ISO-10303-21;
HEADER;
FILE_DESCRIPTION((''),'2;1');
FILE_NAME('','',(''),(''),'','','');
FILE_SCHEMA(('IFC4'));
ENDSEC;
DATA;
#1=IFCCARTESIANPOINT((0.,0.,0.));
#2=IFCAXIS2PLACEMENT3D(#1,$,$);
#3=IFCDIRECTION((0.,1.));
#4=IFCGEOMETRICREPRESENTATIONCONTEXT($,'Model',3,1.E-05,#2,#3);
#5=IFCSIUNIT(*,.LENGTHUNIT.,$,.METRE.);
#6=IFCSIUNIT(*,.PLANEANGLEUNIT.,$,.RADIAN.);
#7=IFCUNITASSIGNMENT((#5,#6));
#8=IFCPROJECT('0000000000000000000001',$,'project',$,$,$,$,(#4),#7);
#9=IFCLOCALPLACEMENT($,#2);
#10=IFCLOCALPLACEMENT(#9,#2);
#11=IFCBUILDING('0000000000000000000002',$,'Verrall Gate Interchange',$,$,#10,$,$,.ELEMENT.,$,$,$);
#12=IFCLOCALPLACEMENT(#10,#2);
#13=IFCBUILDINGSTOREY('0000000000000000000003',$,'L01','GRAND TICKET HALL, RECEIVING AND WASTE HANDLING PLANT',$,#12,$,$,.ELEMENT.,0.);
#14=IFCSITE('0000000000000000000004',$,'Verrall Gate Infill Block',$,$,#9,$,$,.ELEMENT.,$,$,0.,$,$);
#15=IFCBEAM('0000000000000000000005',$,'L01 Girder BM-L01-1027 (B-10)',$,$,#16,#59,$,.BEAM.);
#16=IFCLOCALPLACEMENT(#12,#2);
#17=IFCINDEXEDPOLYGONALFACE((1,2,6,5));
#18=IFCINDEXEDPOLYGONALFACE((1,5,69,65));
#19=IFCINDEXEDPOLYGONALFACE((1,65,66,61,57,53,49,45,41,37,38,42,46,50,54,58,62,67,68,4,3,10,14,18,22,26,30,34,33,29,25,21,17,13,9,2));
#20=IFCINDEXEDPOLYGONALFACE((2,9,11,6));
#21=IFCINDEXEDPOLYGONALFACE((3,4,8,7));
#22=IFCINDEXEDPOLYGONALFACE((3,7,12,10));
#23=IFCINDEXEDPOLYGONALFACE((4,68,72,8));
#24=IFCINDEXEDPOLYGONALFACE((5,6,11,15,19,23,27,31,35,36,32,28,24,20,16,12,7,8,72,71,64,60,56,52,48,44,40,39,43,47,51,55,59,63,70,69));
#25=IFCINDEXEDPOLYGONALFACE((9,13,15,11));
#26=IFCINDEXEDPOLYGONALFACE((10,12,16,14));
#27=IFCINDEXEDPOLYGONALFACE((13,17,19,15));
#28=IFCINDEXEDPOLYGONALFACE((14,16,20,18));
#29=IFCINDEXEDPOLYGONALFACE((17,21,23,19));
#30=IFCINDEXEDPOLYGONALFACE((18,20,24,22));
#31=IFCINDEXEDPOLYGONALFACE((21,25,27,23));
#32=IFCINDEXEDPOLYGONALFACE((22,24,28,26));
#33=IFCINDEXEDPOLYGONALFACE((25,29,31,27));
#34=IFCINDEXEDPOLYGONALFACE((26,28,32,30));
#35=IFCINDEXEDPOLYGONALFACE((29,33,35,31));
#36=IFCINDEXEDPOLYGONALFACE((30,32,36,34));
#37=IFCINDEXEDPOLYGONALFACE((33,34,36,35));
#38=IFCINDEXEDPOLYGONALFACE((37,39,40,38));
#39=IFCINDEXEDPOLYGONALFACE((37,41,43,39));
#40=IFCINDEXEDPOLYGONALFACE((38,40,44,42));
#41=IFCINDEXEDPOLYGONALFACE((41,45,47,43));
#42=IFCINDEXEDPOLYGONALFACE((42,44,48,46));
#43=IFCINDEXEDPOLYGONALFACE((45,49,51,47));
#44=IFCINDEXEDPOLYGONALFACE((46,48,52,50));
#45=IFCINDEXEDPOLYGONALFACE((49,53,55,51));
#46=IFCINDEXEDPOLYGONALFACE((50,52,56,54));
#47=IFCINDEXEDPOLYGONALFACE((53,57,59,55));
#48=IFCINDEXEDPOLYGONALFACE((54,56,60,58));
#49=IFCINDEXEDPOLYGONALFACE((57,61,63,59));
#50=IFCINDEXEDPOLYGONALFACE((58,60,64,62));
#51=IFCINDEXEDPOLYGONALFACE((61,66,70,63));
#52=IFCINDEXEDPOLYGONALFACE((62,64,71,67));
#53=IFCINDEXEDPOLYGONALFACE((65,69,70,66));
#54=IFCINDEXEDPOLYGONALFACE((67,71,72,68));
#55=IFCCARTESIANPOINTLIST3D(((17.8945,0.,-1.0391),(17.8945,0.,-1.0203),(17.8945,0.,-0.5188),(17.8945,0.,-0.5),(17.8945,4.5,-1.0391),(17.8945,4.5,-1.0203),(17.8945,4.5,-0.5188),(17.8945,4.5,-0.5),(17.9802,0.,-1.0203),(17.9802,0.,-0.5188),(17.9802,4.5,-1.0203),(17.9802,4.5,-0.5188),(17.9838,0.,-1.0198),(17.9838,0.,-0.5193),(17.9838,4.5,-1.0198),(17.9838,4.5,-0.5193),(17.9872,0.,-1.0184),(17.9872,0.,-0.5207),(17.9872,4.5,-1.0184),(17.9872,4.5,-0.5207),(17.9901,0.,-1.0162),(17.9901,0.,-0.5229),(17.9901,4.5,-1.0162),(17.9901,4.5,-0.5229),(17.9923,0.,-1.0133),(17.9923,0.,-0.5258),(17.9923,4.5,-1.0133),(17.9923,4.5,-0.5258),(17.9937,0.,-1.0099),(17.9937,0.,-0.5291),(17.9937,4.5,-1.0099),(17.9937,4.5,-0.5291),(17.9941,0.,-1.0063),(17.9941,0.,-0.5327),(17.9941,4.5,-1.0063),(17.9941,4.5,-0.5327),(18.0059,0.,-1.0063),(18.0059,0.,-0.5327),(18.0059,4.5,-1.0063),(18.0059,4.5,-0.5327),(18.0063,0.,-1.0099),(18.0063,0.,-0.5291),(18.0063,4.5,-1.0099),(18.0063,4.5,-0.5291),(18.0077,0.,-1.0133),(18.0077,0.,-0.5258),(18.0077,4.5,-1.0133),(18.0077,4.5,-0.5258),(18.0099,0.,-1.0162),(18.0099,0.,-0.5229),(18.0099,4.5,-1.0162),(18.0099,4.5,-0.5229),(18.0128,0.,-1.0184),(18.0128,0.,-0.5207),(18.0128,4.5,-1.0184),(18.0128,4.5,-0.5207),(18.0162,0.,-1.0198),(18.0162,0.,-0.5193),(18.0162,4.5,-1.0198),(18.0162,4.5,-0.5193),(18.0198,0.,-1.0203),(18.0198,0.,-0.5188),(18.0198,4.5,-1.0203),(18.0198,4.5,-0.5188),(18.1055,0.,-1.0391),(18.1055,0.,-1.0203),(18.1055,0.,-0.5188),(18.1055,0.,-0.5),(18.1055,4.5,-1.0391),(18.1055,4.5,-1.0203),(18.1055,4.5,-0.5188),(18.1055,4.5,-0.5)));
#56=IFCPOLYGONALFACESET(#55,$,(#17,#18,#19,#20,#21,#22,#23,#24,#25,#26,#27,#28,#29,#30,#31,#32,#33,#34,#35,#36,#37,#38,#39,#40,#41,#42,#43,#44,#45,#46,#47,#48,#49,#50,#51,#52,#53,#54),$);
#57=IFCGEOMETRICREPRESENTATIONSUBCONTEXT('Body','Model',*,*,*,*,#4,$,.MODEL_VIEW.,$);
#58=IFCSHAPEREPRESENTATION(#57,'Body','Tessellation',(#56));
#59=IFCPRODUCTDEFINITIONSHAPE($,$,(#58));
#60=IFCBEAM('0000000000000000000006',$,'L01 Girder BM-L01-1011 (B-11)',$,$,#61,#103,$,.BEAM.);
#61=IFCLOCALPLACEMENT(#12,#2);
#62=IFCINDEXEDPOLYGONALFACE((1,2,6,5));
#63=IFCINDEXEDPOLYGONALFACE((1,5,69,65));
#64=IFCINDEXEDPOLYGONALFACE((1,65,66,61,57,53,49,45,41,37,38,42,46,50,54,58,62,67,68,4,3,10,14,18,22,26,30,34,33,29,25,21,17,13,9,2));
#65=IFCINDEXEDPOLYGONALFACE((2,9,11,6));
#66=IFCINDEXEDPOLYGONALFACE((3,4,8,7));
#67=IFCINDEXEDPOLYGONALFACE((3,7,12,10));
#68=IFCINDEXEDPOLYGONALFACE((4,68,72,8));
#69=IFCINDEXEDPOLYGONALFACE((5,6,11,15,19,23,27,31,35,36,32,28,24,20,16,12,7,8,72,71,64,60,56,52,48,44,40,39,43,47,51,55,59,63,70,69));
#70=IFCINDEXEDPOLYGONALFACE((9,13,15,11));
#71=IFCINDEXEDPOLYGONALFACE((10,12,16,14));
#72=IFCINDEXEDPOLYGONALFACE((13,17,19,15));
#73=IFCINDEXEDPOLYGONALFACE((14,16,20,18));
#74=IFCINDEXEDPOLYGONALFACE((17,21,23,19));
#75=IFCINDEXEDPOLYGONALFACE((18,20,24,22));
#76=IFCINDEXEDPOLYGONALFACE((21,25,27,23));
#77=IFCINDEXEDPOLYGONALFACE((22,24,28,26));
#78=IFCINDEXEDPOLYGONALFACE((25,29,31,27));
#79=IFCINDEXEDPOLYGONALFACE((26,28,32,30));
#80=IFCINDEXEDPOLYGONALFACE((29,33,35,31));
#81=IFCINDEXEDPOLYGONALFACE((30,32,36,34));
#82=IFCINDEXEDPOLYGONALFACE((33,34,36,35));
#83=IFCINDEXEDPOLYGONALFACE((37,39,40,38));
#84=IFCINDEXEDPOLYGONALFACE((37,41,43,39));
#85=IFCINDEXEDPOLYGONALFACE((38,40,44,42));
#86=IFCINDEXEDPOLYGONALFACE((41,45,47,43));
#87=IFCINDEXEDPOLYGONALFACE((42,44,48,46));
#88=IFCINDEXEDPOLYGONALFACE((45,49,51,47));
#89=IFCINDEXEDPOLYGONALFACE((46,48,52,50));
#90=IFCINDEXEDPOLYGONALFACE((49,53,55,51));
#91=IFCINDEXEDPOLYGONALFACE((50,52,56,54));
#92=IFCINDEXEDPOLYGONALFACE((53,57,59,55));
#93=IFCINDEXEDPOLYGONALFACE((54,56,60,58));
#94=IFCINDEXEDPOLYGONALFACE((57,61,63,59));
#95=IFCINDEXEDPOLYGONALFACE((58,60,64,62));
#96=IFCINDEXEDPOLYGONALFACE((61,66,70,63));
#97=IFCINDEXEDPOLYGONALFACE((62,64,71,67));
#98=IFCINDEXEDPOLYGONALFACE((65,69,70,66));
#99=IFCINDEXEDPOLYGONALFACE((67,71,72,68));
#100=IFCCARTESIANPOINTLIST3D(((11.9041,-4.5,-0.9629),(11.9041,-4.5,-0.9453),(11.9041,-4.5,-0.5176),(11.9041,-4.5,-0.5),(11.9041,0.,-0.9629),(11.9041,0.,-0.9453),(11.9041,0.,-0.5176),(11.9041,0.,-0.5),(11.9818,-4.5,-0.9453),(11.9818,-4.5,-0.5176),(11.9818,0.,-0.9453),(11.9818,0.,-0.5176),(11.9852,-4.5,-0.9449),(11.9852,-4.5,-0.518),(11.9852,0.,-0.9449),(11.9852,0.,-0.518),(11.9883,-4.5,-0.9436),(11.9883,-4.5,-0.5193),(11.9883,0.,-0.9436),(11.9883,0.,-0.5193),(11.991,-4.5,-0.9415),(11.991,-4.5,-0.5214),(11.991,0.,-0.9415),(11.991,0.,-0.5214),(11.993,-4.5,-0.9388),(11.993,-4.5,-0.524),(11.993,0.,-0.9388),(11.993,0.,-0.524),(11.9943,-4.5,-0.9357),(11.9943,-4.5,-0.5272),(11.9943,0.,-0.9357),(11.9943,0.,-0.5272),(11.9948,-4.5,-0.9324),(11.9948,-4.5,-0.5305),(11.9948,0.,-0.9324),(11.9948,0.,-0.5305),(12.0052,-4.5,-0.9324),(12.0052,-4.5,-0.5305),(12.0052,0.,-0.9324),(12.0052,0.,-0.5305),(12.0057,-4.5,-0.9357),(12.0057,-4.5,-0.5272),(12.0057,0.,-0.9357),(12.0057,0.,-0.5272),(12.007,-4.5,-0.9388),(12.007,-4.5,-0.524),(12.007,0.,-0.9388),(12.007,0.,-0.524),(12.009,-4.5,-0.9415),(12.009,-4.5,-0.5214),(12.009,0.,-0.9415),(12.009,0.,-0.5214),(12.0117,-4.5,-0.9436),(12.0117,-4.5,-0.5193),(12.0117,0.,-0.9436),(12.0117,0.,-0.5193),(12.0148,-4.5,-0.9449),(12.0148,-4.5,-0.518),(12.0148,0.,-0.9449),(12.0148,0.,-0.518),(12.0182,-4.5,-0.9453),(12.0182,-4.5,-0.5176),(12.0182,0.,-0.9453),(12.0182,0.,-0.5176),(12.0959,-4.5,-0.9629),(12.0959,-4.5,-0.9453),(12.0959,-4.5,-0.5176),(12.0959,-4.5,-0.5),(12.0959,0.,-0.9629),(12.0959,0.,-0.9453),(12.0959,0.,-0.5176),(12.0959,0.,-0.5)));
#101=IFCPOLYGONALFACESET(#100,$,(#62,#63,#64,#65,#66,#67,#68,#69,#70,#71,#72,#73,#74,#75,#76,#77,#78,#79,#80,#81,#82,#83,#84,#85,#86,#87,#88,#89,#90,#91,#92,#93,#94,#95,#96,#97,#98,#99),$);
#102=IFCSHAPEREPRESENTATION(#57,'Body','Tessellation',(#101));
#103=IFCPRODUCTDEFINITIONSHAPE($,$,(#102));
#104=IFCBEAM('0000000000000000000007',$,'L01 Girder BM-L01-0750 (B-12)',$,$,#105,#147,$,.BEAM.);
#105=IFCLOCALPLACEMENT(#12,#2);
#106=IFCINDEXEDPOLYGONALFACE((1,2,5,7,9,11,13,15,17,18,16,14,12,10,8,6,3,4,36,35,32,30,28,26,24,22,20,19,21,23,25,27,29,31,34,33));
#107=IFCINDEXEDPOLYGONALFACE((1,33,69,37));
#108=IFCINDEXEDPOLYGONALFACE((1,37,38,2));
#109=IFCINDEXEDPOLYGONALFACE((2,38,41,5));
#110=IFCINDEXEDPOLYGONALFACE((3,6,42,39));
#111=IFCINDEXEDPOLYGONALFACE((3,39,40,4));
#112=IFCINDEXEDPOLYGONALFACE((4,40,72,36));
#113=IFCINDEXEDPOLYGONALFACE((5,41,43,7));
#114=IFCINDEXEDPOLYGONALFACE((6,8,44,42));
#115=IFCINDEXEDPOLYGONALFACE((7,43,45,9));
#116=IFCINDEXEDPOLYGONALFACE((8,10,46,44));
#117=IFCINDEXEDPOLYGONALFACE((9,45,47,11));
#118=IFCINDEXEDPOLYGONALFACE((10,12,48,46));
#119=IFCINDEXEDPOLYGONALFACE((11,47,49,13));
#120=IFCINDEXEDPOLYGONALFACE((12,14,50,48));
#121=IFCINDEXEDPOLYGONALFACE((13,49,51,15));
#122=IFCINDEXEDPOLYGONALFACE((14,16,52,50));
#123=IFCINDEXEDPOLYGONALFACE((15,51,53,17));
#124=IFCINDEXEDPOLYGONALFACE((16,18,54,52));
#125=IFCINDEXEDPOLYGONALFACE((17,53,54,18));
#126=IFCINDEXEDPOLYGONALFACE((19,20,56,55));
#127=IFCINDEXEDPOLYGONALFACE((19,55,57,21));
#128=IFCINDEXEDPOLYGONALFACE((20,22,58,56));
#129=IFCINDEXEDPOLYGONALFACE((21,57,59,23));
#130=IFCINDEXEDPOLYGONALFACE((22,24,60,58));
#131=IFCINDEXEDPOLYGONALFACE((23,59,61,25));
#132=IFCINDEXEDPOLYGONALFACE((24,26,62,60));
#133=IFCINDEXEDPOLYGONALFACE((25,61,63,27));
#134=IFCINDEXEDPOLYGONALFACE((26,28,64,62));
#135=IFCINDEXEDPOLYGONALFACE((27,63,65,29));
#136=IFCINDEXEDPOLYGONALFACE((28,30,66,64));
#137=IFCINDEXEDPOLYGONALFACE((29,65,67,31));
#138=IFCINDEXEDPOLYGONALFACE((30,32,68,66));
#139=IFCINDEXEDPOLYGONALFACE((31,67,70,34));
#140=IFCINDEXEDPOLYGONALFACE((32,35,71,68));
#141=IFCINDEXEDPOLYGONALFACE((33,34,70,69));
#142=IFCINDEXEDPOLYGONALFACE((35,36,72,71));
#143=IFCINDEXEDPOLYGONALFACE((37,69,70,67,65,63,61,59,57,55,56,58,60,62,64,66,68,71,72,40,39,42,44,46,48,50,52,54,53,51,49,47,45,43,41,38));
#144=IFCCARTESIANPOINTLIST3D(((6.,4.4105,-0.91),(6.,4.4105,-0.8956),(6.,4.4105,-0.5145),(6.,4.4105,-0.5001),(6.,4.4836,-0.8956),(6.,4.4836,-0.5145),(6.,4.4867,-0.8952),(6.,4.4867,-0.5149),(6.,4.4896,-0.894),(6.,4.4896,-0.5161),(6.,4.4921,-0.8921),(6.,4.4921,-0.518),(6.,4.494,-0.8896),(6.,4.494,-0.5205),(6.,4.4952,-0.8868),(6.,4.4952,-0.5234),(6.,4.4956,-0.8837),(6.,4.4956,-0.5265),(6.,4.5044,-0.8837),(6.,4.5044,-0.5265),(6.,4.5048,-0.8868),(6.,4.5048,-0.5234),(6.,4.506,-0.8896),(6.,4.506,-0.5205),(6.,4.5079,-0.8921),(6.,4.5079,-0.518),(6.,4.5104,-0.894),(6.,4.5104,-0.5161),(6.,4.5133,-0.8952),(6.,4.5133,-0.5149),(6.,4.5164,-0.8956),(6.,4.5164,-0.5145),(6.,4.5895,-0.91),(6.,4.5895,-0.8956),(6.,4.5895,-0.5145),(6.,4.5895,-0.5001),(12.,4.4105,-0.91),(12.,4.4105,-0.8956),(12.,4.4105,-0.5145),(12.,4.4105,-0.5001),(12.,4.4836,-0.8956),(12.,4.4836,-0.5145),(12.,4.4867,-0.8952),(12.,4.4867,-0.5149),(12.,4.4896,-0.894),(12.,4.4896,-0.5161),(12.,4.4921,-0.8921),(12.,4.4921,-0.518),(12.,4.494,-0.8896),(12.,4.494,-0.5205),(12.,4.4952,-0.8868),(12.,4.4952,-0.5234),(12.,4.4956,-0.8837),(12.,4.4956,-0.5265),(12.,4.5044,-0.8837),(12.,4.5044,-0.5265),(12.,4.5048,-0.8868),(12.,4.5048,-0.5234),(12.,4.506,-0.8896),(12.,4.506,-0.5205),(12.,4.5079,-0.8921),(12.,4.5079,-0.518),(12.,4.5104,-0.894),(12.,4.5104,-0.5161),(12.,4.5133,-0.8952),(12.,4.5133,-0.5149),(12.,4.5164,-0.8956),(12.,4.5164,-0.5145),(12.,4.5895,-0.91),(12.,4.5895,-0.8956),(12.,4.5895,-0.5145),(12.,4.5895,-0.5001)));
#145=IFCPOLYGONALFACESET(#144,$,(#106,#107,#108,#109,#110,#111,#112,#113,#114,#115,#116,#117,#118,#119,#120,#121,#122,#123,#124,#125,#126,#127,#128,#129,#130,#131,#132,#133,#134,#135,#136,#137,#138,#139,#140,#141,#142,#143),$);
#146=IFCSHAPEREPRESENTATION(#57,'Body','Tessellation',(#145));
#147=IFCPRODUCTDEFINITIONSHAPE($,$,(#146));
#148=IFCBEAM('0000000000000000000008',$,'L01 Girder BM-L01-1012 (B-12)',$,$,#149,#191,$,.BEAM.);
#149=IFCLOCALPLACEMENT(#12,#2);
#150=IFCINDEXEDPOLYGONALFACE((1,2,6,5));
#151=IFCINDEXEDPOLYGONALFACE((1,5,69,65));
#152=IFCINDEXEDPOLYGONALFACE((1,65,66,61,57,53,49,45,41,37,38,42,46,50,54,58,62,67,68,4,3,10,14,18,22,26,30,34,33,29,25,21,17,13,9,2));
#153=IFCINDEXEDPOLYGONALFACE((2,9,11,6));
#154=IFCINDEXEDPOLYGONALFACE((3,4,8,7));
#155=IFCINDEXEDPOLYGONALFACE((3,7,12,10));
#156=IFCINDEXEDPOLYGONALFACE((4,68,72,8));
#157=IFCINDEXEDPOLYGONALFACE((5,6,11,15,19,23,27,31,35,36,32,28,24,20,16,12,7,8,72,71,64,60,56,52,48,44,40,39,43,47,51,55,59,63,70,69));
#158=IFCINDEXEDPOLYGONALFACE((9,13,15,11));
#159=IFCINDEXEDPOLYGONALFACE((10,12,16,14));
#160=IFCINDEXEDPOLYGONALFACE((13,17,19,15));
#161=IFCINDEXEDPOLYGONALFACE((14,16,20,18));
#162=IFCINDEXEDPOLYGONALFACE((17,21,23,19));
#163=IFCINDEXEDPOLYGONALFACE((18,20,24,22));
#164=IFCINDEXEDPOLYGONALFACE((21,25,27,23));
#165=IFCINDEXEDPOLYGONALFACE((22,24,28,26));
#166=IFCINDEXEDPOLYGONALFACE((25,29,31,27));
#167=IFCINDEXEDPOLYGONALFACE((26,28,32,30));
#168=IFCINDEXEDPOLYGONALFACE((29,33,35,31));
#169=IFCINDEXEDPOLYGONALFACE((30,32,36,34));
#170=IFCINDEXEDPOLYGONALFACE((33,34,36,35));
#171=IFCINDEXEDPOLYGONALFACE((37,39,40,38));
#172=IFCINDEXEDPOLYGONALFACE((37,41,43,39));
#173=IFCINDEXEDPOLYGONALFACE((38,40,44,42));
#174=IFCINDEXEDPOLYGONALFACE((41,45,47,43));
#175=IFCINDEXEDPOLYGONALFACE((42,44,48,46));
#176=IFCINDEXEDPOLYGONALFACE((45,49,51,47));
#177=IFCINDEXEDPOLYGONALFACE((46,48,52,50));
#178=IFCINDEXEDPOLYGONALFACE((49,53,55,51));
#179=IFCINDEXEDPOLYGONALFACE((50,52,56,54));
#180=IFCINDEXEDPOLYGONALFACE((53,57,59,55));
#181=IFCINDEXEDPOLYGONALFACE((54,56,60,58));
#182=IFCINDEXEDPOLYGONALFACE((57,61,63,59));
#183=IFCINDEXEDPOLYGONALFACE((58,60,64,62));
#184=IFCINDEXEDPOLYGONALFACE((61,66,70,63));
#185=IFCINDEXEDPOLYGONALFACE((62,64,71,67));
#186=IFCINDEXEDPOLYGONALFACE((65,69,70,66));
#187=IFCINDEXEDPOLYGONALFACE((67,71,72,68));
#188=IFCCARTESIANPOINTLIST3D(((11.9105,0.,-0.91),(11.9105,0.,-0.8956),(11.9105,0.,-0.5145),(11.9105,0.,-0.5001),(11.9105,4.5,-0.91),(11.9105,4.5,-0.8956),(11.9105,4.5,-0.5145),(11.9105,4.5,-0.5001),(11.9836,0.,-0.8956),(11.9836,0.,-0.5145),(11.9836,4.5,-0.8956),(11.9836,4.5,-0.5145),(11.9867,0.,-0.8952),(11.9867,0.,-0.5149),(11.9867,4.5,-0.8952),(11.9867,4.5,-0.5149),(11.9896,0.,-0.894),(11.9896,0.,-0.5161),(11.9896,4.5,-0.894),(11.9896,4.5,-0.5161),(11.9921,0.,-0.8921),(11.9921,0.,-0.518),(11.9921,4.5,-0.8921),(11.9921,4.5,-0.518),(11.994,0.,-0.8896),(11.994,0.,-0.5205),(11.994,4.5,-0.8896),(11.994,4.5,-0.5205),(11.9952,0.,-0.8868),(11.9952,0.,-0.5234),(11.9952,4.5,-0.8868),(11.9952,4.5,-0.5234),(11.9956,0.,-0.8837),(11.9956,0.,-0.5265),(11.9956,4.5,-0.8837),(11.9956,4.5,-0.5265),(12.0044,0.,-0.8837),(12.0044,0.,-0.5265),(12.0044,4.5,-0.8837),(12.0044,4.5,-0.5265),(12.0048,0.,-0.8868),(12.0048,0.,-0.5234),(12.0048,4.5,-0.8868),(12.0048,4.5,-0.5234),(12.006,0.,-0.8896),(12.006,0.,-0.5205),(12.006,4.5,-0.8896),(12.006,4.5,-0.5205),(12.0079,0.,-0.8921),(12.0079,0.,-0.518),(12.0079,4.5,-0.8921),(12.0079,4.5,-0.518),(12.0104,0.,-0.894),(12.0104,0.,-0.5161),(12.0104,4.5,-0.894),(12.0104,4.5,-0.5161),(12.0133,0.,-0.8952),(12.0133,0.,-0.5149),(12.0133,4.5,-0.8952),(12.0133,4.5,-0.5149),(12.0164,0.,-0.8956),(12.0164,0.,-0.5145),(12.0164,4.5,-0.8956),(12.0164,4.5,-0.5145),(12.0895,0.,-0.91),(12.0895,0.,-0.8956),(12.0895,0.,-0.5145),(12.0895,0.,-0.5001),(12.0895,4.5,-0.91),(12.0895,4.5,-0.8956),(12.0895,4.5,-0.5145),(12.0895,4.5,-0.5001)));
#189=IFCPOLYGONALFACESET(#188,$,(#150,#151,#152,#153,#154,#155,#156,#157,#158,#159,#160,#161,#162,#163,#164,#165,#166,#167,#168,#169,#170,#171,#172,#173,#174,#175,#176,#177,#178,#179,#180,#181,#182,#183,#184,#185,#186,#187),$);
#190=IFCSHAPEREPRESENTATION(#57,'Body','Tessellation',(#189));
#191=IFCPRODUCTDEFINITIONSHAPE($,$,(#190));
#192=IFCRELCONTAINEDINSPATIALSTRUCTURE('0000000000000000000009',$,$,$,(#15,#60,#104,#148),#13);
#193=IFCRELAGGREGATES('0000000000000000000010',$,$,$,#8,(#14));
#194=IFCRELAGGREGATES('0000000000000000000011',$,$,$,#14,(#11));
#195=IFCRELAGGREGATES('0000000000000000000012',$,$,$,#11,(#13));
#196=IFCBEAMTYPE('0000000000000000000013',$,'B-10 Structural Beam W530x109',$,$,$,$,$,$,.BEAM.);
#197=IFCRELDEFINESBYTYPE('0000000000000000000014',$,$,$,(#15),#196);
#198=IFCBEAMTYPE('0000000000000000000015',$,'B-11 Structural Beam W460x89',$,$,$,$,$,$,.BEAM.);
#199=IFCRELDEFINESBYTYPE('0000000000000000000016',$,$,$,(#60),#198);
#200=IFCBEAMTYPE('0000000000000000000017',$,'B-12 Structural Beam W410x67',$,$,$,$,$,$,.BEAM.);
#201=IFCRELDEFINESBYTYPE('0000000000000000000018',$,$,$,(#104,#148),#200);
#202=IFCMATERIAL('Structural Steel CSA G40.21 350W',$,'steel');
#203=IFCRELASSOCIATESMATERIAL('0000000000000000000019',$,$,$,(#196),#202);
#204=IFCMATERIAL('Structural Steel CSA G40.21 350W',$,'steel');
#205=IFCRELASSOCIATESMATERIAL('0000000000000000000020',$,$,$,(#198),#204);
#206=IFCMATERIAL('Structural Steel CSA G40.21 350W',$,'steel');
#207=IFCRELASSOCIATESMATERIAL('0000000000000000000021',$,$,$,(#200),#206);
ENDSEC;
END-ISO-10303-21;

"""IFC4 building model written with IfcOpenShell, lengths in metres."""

from ifc_helpers import new_model, si_unit, direction, frame, origin, origin_2d, place, context, subcontext, project, spatial, i_section, extrude, material, material_profile, profile_set, type_object, element, save


model = new_model("IFC4")

# Units and contexts
model_context = context("Model", 3, precision=1e-05, world=origin(), true_north=direction((0.0, 1.0)))
body_context = subcontext(model_context, "Body", "Model", "MODEL_VIEW")
ifc_project = project(units=[si_unit("LENGTHUNIT", "METRE"), si_unit("PLANEANGLEUNIT", "RADIAN")], contexts=[model_context])

# Site, building, storey
site_placement = place(None, origin())
site = spatial("IfcSite", under=ifc_project, at=site_placement, Name="Verrall Gate Infill Block", CompositionType="ELEMENT", RefElevation=0.0)
building_placement = place(site_placement, origin())
building = spatial("IfcBuilding", under=site, at=building_placement, Name="Verrall Gate Interchange", CompositionType="ELEMENT")
storey_placement = place(building_placement, origin())
storey = spatial("IfcBuildingStorey", under=building, at=storey_placement, Name="L01", Description="GRAND TICKET HALL, RECEIVING AND WASTE HANDLING PLANT", CompositionType="ELEMENT", Elevation=0.0)

# Beams
ifc_material_1 = material(Name="Structural Steel CSA G40.21 350W", Category="steel")
ifc_material_profile_1 = material_profile(ifc_material_1, i_section(OverallWidth=0.2109, OverallDepth=0.5391, WebThickness=0.0117, FlangeThickness=0.0188, FilletRadius=0.0139, at=origin_2d()), Name="W530x109")
ifc_profile_set_1 = profile_set([ifc_material_profile_1], Name="Structural Steel CSA G40.21 350W")
beam_type_1 = type_object("IfcBeamType", Name="B-10 Structural Beam W530x109", PredefinedType="BEAM", material=ifc_profile_set_1)
beam_1_placement = place(storey_placement, frame((18.0, 0.0, -0.7695), z_axis=(0.0, 1.0, 0.0), x_axis=(-1.0, 0.0, 0.0)))
element("IfcBeam", 1, at=beam_1_placement, inside=storey, type_object=beam_type_1, Name="L01 Girder BM-L01-1027 (B-10)", PredefinedType="BEAM", context=body_context, shape_type="SweptSolid", body=[
    extrude(i_section(OverallWidth=0.2109, OverallDepth=0.5391, WebThickness=0.0117, FlangeThickness=0.0188, FilletRadius=0.0139, at=origin_2d()), origin(), (0.0, 0.0, 1.0), 4.5),
])
ifc_material_2 = material(Name="Structural Steel CSA G40.21 350W", Category="steel")
ifc_material_profile_2 = material_profile(ifc_material_2, i_section(OverallWidth=0.1919, OverallDepth=0.4629, WebThickness=0.0105, FlangeThickness=0.0176, FilletRadius=0.0129, at=origin_2d()), Name="W460x89")
ifc_profile_set_2 = profile_set([ifc_material_profile_2], Name="Structural Steel CSA G40.21 350W")
beam_type_2 = type_object("IfcBeamType", Name="B-11 Structural Beam W460x89", PredefinedType="BEAM", material=ifc_profile_set_2)
beam_2_placement = place(storey_placement, frame((12.0, -4.5, -0.7314), z_axis=(0.0, 1.0, 0.0), x_axis=(-1.0, 0.0, 0.0)))
element("IfcBeam", 2, at=beam_2_placement, inside=storey, type_object=beam_type_2, Name="L01 Girder BM-L01-1011 (B-11)", PredefinedType="BEAM", context=body_context, shape_type="SweptSolid", body=[
    extrude(i_section(OverallWidth=0.1919, OverallDepth=0.4629, WebThickness=0.0105, FlangeThickness=0.0176, FilletRadius=0.0129, at=origin_2d()), origin(), (0.0, 0.0, 1.0), 4.5),
])
ifc_material_3 = material(Name="Structural Steel CSA G40.21 350W", Category="steel")
ifc_material_profile_3 = material_profile(ifc_material_3, i_section(OverallWidth=0.179, OverallDepth=0.4099, WebThickness=0.0088, FlangeThickness=0.0144, FilletRadius=0.012, at=origin_2d()), Name="W410x67")
ifc_profile_set_3 = profile_set([ifc_material_profile_3], Name="Structural Steel CSA G40.21 350W")
beam_type_3 = type_object("IfcBeamType", Name="B-12 Structural Beam W410x67", PredefinedType="BEAM", material=ifc_profile_set_3)
beam_3_placement = place(storey_placement, frame((6.0, 4.5, -0.7051), z_axis=(1.0, 0.0, 0.0), x_axis=(0.0, 1.0, 0.0)))
element("IfcBeam", 3, at=beam_3_placement, inside=storey, type_object=beam_type_3, Name="L01 Girder BM-L01-0750 (B-12)", PredefinedType="BEAM", context=body_context, shape_type="SweptSolid", body=[
    extrude(i_section(OverallWidth=0.179, OverallDepth=0.4099, WebThickness=0.0088, FlangeThickness=0.0144, FilletRadius=0.012, at=origin_2d()), origin(), (0.0, 0.0, 1.0), 6.0),
])
beam_4_placement = place(storey_placement, frame((12.0, 0.0, -0.7051), z_axis=(0.0, 1.0, 0.0), x_axis=(-1.0, 0.0, 0.0)))
element("IfcBeam", 4, at=beam_4_placement, inside=storey, type_object=beam_type_3, Name="L01 Girder BM-L01-1012 (B-12)", PredefinedType="BEAM", context=body_context, shape_type="SweptSolid", body=[
    extrude(i_section(OverallWidth=0.179, OverallDepth=0.4099, WebThickness=0.0088, FlangeThickness=0.0144, FilletRadius=0.012, at=origin_2d()), origin(), (0.0, 0.0, 1.0), 4.5),
])

save(model, "model.ifc")
